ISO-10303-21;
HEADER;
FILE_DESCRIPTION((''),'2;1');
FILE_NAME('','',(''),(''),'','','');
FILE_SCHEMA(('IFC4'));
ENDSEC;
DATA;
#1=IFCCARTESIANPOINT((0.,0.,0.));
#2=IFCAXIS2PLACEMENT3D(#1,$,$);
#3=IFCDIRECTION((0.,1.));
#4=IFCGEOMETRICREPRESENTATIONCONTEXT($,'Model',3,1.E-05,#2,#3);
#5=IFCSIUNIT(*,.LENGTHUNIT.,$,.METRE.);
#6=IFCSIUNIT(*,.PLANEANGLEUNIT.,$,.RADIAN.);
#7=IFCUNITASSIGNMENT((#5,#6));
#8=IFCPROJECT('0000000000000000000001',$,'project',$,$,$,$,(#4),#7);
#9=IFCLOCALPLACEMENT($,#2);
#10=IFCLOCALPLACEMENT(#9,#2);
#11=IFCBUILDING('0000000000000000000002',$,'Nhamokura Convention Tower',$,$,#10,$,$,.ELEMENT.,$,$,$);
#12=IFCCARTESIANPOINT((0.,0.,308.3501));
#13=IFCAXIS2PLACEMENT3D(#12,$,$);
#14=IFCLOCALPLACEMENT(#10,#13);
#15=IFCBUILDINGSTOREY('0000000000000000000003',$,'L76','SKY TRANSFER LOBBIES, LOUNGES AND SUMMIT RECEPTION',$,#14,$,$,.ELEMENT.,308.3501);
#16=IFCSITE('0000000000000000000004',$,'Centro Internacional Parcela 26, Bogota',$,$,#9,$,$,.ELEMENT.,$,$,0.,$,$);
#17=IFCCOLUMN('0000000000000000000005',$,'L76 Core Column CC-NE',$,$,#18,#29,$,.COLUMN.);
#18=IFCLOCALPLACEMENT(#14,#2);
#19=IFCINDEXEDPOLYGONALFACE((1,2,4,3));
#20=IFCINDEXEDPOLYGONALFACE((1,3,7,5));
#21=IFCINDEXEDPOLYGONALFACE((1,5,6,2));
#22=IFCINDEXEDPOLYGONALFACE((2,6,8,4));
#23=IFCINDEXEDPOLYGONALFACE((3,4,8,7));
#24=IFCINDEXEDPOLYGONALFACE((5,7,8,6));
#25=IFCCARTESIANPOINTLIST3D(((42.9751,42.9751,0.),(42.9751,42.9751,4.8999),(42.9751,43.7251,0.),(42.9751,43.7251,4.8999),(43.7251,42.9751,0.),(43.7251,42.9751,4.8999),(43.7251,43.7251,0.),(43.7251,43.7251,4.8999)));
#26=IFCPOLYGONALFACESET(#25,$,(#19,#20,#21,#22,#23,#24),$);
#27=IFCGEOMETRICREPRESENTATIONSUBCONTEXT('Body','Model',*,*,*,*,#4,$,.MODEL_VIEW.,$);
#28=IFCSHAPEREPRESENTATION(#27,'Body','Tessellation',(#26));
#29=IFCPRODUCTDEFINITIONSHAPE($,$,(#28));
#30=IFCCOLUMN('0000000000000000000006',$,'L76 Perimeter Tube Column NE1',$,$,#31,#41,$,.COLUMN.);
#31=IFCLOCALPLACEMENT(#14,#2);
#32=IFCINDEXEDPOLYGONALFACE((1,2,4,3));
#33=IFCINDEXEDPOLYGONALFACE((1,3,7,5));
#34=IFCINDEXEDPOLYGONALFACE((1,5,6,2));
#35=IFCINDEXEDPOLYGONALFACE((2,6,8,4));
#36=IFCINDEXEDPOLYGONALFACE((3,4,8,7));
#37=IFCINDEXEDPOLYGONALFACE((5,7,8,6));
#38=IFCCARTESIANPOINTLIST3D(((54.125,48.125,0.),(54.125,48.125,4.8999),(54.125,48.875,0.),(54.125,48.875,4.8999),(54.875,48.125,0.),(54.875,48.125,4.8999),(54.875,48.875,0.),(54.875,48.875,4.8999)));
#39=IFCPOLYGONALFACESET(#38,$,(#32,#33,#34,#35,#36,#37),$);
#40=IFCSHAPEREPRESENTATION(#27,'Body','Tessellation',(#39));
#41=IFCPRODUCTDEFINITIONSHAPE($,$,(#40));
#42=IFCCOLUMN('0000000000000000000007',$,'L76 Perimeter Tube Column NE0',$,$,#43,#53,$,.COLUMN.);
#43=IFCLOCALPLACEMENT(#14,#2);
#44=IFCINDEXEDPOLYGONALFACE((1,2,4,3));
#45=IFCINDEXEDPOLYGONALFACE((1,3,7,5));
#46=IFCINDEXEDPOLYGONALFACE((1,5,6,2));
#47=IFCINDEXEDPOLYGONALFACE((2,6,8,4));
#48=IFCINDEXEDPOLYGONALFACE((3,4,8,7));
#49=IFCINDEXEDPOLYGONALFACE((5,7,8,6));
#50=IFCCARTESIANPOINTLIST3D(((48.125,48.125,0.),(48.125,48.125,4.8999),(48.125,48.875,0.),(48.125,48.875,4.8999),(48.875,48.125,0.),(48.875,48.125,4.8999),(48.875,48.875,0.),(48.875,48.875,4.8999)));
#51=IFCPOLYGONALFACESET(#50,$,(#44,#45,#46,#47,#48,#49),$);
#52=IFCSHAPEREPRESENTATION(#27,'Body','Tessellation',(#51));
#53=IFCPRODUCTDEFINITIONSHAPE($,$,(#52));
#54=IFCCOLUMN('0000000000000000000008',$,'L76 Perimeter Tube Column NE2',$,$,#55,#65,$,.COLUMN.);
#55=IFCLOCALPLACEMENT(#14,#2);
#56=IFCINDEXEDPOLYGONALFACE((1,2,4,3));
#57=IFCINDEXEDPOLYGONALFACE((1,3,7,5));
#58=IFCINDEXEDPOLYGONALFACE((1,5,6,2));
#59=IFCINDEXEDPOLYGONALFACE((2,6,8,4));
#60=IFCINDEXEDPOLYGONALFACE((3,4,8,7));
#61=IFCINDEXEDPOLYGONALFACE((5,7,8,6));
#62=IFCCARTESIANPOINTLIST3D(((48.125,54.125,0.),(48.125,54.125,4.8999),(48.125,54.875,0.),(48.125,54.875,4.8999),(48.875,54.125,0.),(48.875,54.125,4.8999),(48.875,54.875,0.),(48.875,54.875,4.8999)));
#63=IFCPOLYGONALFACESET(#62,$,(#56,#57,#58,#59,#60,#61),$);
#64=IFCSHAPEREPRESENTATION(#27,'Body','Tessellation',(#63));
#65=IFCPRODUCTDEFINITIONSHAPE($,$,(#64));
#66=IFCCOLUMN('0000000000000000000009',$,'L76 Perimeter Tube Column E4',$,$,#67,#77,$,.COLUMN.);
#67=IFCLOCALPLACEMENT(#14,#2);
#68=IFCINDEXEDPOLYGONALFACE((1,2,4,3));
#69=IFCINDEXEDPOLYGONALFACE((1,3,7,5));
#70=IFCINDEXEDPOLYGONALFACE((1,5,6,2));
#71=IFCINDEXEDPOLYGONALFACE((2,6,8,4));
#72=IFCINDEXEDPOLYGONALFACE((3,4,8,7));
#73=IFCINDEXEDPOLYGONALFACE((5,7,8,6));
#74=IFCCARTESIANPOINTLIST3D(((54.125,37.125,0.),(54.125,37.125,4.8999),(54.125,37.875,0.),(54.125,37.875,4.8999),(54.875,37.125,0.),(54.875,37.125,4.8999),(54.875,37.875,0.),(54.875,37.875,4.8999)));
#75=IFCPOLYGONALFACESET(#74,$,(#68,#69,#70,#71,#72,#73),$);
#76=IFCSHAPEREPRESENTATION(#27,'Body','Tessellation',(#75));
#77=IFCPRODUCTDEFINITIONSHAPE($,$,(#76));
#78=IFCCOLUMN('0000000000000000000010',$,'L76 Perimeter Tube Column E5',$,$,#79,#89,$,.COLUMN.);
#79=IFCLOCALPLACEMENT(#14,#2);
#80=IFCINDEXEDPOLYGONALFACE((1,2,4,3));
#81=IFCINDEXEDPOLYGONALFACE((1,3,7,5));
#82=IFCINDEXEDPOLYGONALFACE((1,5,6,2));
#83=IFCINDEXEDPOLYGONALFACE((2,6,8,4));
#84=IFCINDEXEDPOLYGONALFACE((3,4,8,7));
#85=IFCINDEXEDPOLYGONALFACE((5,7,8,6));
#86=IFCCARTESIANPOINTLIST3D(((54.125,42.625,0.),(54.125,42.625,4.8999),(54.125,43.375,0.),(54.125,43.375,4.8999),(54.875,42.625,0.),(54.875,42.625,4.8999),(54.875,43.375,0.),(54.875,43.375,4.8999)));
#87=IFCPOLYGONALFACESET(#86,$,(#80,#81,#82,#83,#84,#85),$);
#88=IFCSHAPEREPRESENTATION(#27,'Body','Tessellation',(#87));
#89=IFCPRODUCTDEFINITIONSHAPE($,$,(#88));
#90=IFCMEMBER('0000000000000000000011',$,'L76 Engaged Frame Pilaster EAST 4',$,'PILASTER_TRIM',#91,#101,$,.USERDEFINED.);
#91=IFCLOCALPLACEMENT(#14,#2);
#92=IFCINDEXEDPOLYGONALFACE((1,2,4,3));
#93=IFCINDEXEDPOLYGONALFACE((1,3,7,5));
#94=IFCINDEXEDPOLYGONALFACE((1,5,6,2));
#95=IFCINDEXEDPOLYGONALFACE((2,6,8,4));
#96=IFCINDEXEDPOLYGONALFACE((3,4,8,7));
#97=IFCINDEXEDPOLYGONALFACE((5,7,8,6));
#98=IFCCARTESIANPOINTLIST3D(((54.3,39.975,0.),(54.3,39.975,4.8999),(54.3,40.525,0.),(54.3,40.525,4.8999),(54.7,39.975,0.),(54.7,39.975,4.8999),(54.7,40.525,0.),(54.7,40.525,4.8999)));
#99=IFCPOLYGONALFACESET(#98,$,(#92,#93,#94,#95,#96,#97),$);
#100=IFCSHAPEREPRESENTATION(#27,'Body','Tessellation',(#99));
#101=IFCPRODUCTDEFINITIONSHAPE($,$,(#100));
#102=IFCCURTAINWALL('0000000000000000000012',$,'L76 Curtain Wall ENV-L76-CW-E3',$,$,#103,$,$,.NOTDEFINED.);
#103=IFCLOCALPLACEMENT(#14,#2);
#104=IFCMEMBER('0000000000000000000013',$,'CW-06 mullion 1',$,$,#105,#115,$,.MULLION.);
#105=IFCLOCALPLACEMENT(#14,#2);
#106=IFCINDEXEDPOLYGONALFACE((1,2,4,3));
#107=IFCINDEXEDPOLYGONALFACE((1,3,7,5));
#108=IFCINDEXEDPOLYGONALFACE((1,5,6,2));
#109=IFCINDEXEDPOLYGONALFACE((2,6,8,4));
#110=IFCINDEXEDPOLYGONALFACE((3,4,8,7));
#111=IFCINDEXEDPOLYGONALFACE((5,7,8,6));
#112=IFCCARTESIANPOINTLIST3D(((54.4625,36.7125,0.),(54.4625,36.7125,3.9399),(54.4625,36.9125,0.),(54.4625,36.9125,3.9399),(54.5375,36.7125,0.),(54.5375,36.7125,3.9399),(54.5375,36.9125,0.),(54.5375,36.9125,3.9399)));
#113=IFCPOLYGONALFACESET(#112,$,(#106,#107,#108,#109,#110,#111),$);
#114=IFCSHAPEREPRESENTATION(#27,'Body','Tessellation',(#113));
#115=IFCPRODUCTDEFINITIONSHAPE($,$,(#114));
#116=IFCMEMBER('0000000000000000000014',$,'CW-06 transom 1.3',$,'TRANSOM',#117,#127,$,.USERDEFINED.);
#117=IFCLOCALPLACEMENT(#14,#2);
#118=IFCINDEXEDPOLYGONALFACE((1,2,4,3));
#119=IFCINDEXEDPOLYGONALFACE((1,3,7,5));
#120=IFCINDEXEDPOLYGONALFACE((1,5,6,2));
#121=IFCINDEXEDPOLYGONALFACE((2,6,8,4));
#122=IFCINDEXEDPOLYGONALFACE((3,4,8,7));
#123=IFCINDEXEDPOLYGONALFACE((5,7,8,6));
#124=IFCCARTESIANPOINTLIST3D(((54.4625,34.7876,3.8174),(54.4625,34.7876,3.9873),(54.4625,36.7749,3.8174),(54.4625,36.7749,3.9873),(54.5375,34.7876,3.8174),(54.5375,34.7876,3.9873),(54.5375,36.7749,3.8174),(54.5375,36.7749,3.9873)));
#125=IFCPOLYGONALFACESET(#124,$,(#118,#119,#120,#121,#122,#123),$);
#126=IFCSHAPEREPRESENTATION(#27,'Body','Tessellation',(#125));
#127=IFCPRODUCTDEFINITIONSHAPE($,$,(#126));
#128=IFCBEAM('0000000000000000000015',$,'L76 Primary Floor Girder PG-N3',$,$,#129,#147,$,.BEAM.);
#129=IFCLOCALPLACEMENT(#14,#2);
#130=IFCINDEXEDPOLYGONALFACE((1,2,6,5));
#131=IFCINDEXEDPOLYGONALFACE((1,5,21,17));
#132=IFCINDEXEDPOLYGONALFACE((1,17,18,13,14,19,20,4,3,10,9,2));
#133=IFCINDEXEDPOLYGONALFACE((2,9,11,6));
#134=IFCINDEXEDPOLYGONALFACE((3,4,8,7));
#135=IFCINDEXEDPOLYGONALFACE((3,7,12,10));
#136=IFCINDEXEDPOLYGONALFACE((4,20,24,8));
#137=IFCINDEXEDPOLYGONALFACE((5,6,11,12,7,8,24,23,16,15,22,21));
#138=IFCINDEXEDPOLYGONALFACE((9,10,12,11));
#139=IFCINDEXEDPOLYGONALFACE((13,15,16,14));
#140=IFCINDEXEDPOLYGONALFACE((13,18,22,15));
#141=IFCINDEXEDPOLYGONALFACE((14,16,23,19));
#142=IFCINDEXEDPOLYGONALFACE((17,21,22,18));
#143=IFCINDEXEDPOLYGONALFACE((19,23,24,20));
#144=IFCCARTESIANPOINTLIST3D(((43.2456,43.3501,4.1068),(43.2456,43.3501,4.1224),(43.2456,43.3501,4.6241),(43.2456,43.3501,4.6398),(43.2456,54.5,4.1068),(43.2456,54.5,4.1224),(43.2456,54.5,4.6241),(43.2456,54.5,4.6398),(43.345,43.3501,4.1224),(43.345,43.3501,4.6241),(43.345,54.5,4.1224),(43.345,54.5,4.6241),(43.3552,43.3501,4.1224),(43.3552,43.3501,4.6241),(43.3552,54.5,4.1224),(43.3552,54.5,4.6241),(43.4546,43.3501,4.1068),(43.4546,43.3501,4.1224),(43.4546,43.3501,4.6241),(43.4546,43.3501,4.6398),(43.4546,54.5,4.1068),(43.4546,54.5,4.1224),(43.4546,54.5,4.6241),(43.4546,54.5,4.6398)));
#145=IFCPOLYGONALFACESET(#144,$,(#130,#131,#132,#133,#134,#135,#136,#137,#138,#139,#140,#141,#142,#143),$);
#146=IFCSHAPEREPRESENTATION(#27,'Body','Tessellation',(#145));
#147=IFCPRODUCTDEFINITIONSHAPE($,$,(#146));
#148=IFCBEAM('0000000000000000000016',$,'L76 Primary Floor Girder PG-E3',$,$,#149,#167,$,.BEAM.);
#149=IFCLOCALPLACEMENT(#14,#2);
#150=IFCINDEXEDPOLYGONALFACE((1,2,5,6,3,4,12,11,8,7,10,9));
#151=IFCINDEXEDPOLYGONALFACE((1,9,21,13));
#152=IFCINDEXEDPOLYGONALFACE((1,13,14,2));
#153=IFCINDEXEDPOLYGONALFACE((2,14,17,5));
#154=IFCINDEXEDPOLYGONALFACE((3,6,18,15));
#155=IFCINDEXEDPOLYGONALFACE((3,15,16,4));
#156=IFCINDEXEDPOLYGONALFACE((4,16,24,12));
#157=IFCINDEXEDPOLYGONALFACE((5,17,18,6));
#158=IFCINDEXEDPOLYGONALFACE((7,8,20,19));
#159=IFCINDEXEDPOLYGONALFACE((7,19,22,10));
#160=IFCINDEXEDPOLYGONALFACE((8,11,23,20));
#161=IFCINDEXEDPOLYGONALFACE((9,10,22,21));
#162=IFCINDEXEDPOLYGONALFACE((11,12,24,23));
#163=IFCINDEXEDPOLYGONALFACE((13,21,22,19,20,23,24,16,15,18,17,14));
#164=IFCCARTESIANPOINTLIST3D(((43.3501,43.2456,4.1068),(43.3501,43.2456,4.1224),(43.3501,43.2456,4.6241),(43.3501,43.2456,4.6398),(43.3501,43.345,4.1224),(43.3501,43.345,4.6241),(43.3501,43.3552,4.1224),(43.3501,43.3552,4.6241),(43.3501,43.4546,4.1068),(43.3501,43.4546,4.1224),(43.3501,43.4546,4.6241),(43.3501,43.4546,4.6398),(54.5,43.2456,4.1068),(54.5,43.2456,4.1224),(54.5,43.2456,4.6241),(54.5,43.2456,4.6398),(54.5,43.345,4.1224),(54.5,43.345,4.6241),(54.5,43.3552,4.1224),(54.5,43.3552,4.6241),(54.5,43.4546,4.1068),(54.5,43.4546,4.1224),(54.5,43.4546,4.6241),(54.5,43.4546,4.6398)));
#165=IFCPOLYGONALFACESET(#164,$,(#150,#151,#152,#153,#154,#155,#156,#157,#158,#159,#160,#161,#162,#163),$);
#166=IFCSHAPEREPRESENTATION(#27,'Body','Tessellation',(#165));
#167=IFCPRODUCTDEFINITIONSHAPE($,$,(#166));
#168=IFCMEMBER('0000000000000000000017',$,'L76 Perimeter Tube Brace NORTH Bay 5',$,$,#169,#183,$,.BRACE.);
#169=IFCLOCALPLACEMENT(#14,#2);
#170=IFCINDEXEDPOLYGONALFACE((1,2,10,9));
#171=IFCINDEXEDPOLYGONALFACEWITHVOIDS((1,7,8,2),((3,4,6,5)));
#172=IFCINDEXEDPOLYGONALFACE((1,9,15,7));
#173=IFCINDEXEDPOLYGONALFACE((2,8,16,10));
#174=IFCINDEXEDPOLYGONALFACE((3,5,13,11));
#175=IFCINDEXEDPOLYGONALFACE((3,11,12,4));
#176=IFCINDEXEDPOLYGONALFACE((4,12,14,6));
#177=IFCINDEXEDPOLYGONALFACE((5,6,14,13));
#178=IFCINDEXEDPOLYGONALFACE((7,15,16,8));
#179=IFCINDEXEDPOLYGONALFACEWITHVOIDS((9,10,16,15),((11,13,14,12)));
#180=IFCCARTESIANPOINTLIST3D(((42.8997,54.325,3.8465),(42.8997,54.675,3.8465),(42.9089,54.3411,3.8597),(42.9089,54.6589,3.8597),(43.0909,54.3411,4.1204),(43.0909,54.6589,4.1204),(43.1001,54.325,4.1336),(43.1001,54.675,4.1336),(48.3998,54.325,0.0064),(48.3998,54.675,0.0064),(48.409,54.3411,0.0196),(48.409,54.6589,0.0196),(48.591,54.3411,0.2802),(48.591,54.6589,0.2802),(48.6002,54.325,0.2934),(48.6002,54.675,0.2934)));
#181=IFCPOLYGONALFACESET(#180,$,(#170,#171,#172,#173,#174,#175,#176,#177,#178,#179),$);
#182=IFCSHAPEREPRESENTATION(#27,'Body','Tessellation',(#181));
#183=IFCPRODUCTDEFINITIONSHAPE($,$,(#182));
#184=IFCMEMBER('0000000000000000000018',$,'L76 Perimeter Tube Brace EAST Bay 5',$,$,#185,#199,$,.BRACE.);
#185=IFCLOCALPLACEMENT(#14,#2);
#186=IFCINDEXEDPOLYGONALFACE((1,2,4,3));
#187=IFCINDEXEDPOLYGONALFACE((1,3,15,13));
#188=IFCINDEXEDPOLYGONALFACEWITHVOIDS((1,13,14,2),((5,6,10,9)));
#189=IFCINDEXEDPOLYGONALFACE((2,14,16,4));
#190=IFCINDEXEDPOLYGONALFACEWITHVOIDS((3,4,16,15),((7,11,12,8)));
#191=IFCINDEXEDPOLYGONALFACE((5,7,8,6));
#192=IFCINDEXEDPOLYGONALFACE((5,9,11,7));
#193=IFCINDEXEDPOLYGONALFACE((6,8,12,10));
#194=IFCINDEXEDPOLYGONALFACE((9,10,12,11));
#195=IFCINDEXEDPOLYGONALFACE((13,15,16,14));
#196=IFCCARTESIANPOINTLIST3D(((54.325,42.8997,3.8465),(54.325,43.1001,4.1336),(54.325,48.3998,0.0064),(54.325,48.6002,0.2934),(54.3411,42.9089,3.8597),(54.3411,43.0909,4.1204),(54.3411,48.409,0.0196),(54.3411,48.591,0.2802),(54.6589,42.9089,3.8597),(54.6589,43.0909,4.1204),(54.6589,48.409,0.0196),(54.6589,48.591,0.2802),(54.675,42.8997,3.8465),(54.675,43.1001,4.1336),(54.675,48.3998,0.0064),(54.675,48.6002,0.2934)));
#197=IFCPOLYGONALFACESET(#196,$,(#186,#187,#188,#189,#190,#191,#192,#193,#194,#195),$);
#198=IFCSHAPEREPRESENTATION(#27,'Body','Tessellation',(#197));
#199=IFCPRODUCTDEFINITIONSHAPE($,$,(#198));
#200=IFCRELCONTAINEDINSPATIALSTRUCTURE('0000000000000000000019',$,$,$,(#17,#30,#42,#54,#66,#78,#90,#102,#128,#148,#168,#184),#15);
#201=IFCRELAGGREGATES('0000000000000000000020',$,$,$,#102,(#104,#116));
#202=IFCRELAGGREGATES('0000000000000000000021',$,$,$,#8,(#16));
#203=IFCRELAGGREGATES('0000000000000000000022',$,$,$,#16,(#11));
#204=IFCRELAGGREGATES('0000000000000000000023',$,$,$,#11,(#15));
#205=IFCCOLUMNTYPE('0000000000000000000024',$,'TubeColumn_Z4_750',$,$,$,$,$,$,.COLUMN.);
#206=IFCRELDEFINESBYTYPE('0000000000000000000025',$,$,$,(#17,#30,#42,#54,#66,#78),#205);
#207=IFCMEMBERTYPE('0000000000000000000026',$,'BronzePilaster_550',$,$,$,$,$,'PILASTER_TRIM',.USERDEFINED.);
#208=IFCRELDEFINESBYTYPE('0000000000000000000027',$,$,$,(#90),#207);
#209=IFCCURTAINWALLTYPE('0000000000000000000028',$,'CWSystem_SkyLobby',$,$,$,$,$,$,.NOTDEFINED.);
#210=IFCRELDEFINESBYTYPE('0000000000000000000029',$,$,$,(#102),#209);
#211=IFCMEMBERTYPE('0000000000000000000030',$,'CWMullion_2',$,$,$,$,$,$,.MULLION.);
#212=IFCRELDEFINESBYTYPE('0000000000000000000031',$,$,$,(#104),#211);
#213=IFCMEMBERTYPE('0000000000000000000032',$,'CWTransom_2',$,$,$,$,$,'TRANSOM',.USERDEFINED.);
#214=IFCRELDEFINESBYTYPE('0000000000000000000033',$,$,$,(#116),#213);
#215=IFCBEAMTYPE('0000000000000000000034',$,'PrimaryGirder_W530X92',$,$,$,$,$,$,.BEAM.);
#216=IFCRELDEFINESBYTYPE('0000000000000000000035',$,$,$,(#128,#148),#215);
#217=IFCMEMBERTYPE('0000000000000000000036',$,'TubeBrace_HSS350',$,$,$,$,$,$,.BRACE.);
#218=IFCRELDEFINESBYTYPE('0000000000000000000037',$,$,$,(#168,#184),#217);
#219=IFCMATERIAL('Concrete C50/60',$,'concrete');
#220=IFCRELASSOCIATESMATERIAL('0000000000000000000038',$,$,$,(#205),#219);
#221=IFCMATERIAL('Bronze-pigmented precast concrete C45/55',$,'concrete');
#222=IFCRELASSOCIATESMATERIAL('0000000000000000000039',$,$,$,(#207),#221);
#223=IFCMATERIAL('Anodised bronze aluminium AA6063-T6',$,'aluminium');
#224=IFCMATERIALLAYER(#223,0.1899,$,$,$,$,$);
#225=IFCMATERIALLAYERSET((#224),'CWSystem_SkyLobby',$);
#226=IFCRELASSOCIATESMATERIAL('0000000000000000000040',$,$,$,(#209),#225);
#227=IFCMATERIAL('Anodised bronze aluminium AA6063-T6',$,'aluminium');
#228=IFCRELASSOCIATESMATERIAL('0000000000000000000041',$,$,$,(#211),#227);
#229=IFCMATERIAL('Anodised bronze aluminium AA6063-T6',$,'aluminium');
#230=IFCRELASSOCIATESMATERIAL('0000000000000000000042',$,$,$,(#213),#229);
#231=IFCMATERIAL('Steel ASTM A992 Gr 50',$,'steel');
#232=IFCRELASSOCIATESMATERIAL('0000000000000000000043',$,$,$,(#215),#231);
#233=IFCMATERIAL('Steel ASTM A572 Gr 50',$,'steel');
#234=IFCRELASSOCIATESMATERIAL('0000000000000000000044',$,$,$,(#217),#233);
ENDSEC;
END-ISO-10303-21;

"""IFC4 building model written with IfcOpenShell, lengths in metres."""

from ifc_helpers import new_model, si_unit, direction, frame, origin, origin_2d, place, context, subcontext, project, spatial, rectangle, hollow_rectangle, i_section, extrude, material, layer, layer_set, material_profile, profile_set, type_object, element, aggregate, save


model = new_model("IFC4")

# Units and contexts
model_context = context("Model", 3, precision=1e-05, world=origin(), true_north=direction((0.0, 1.0)))
body_context = subcontext(model_context, "Body", "Model", "MODEL_VIEW")
ifc_project = project(units=[si_unit("LENGTHUNIT", "METRE"), si_unit("PLANEANGLEUNIT", "RADIAN")], contexts=[model_context])

# Site, building, storey
site_placement = place(None, origin())
site = spatial("IfcSite", under=ifc_project, at=site_placement, Name="Centro Internacional Parcela 26, Bogota", CompositionType="ELEMENT", RefElevation=0.0)
building_placement = place(site_placement, origin())
building = spatial("IfcBuilding", under=site, at=building_placement, Name="Nhamokura Convention Tower", CompositionType="ELEMENT")
storey_placement = place(building_placement, frame((0.0, 0.0, 308.3501)))
storey = spatial("IfcBuildingStorey", under=building, at=storey_placement, Name="L76", Description="SKY TRANSFER LOBBIES, LOUNGES AND SUMMIT RECEPTION", CompositionType="ELEMENT", Elevation=308.3501)

# Columns
ifc_material_1 = material(Name="Concrete C50/60", Category="concrete")
ifc_material_profile_1 = material_profile(ifc_material_1, rectangle(XDim=0.75, YDim=0.75, at=origin_2d()))
ifc_profile_set_1 = profile_set([ifc_material_profile_1], Name="Concrete C50/60")
column_type = type_object("IfcColumnType", Name="TubeColumn_Z4_750", PredefinedType="COLUMN", material=ifc_profile_set_1)
for number, where, z_axis, x_axis, name in (
    (1, (43.3501, 43.3501, 0.0), (0.0, 0.0, 1.0), (1.0, 0.0, 0.0), "L76 Core Column CC-NE"),
    (2, (54.5, 48.5, 0.0), (0.0, 0.0, 1.0), (1.0, 0.0, 0.0), "L76 Perimeter Tube Column NE1"),
    (3, (48.5, 48.5, 0.0), (0.0, 0.0, 1.0), (1.0, 0.0, 0.0), "L76 Perimeter Tube Column NE0"),
    (4, (48.5, 54.5, 0.0), (0.0, 0.0, 1.0), (1.0, 0.0, 0.0), "L76 Perimeter Tube Column NE2"),
    (5, (54.5, 37.5, 0.0), (0.0, 0.0, 1.0), (1.0, 0.0, 0.0), "L76 Perimeter Tube Column E4"),
    (6, (54.5, 43.0, 0.0), (0.0, 0.0, 1.0), (1.0, 0.0, 0.0), "L76 Perimeter Tube Column E5"),
):
    element("IfcColumn", number, at=place(storey_placement, frame(where, z_axis=z_axis, x_axis=x_axis)), inside=storey, type_object=column_type, Name=name, PredefinedType="COLUMN", context=body_context, shape_type="SweptSolid", body=[
        extrude(rectangle(XDim=0.75, YDim=0.75, at=origin_2d()), origin(), (0.0, 0.0, 1.0), 4.8999),
    ])

# Member
ifc_material_2 = material(Name="Bronze-pigmented precast concrete C45/55", Category="concrete")
ifc_material_profile_2 = material_profile(ifc_material_2, rectangle(XDim=0.3999, YDim=0.55, at=origin_2d()))
ifc_profile_set_2 = profile_set([ifc_material_profile_2], Name="Bronze-pigmented precast concrete C45/55")
member_type_1 = type_object("IfcMemberType", Name="BronzePilaster_550", ElementType="PILASTER_TRIM", PredefinedType="USERDEFINED", material=ifc_profile_set_2)
member_1_placement = place(storey_placement, frame((54.5, 40.25, 0.0), z_axis=(0.0, 0.0, 1.0), x_axis=(1.0, 0.0, 0.0)))
element("IfcMember", 7, at=member_1_placement, inside=storey, type_object=member_type_1, Name="L76 Engaged Frame Pilaster EAST 4", ObjectType="PILASTER_TRIM", PredefinedType="USERDEFINED", context=body_context, shape_type="SweptSolid", body=[
    extrude(rectangle(XDim=0.3999, YDim=0.55, at=origin_2d()), origin(), (0.0, 0.0, 1.0), 4.8999),
])

# Curtain wall, members
ifc_material_3 = material(Name="Anodised bronze aluminium AA6063-T6", Category="aluminium")
ifc_layer_1 = layer(ifc_material_3, 0.1899)
ifc_layer_set_1 = layer_set([ifc_layer_1], Name="CWSystem_SkyLobby")
curtain_wall_type = type_object("IfcCurtainWallType", Name="CWSystem_SkyLobby", PredefinedType="NOTDEFINED", material=ifc_layer_set_1)
curtain_wall_placement = place(storey_placement, origin())
curtain_wall = element("IfcCurtainWall", 8, at=curtain_wall_placement, inside=storey, type_object=curtain_wall_type, Name="L76 Curtain Wall ENV-L76-CW-E3", PredefinedType="NOTDEFINED")
ifc_material_4 = material(Name="Anodised bronze aluminium AA6063-T6", Category="aluminium")
ifc_material_profile_3 = material_profile(ifc_material_4, rectangle(XDim=0.075, YDim=0.2, at=origin_2d()))
ifc_profile_set_3 = profile_set([ifc_material_profile_3], Name="Anodised bronze aluminium AA6063-T6")
member_type_2 = type_object("IfcMemberType", Name="CWMullion_2", PredefinedType="MULLION", material=ifc_profile_set_3)
member_2_placement = place(storey_placement, frame((54.5, 36.8125, 0.0), z_axis=(0.0, 0.0, 1.0), x_axis=(1.0, 0.0, 0.0)))
member_2 = element("IfcMember", 9, at=member_2_placement, type_object=member_type_2, Name="CW-06 mullion 1", PredefinedType="MULLION", context=body_context, shape_type="SweptSolid", body=[
    extrude(rectangle(XDim=0.075, YDim=0.2, at=origin_2d()), origin(), (0.0, 0.0, 1.0), 3.9399),
])
ifc_material_5 = material(Name="Anodised bronze aluminium AA6063-T6", Category="aluminium")
ifc_material_profile_4 = material_profile(ifc_material_5, rectangle(XDim=0.075, YDim=0.1699, at=origin_2d()))
ifc_profile_set_4 = profile_set([ifc_material_profile_4], Name="Anodised bronze aluminium AA6063-T6")
member_type_3 = type_object("IfcMemberType", Name="CWTransom_2", ElementType="TRANSOM", PredefinedType="USERDEFINED", material=ifc_profile_set_4)
member_3_placement = place(storey_placement, frame((54.5, 36.7749, 3.9023), z_axis=(0.0, -1.0, 0.0), x_axis=(1.0, 0.0, 0.0)))
member_3 = element("IfcMember", 10, at=member_3_placement, type_object=member_type_3, Name="CW-06 transom 1.3", ObjectType="TRANSOM", PredefinedType="USERDEFINED", context=body_context, shape_type="SweptSolid", body=[
    extrude(rectangle(XDim=0.075, YDim=0.1699, at=origin_2d()), origin(), (0.0, 0.0, 1.0), 1.9873),
])
aggregate(curtain_wall, [member_2, member_3])

# Beams
ifc_material_6 = material(Name="Steel ASTM A992 Gr 50", Category="steel")
ifc_material_profile_5 = material_profile(ifc_material_6, i_section(OverallWidth=0.209, OverallDepth=0.533, WebThickness=0.0103, FlangeThickness=0.0156, at=origin_2d()))
ifc_profile_set_5 = profile_set([ifc_material_profile_5], Name="Steel ASTM A992 Gr 50")
beam_type_1 = type_object("IfcBeamType", Name="PrimaryGirder_W530X92", PredefinedType="BEAM", material=ifc_profile_set_5)
for number, where, z_axis, x_axis, name in (
    (11, (43.3501, 43.3501, 4.3733), (0.0, 1.0, 0.0), (-1.0, 0.0, 0.0), "L76 Primary Floor Girder PG-N3"),
    (12, (43.3501, 43.3501, 4.3733), (1.0, 0.0, 0.0), (0.0, 1.0, 0.0), "L76 Primary Floor Girder PG-E3"),
):
    element("IfcBeam", number, at=place(storey_placement, frame(where, z_axis=z_axis, x_axis=x_axis)), inside=storey, type_object=beam_type_1, Name=name, PredefinedType="BEAM", context=body_context, shape_type="SweptSolid", body=[
        extrude(i_section(OverallWidth=0.209, OverallDepth=0.533, WebThickness=0.0103, FlangeThickness=0.0156, at=origin_2d()), origin(), (0.0, 0.0, 1.0), 11.1499),
    ])

# Members
ifc_material_7 = material(Name="Steel ASTM A572 Gr 50", Category="steel")
ifc_material_profile_6 = material_profile(ifc_material_7, hollow_rectangle(XDim=0.3501, YDim=0.3501, WallThickness=0.0161, at=origin_2d()))
ifc_profile_set_6 = profile_set([ifc_material_profile_6], Name="Steel ASTM A572 Gr 50")
member_type_4 = type_object("IfcMemberType", Name="TubeBrace_HSS350", PredefinedType="BRACE", material=ifc_profile_set_6)
for number, where, z_axis, x_axis, name in (
    (13, (48.5, 54.5, 0.1499), (-0.819926, 0.0, 0.57247), (0.0, -1.0, 0.0), "L76 Perimeter Tube Brace NORTH Bay 5"),
    (14, (54.5, 48.5, 0.1499), (0.0, -0.819926, 0.57247), (1.0, 0.0, 0.0), "L76 Perimeter Tube Brace EAST Bay 5"),
):
    element("IfcMember", number, at=place(storey_placement, frame(where, z_axis=z_axis, x_axis=x_axis)), inside=storey, type_object=member_type_4, Name=name, PredefinedType="BRACE", context=body_context, shape_type="SweptSolid", body=[
        extrude(hollow_rectangle(XDim=0.3501, YDim=0.3501, WallThickness=0.0161, at=origin_2d()), origin(), (0.0, 0.0, 1.0), 6.708),
    ])

save(model, "model.ifc")
